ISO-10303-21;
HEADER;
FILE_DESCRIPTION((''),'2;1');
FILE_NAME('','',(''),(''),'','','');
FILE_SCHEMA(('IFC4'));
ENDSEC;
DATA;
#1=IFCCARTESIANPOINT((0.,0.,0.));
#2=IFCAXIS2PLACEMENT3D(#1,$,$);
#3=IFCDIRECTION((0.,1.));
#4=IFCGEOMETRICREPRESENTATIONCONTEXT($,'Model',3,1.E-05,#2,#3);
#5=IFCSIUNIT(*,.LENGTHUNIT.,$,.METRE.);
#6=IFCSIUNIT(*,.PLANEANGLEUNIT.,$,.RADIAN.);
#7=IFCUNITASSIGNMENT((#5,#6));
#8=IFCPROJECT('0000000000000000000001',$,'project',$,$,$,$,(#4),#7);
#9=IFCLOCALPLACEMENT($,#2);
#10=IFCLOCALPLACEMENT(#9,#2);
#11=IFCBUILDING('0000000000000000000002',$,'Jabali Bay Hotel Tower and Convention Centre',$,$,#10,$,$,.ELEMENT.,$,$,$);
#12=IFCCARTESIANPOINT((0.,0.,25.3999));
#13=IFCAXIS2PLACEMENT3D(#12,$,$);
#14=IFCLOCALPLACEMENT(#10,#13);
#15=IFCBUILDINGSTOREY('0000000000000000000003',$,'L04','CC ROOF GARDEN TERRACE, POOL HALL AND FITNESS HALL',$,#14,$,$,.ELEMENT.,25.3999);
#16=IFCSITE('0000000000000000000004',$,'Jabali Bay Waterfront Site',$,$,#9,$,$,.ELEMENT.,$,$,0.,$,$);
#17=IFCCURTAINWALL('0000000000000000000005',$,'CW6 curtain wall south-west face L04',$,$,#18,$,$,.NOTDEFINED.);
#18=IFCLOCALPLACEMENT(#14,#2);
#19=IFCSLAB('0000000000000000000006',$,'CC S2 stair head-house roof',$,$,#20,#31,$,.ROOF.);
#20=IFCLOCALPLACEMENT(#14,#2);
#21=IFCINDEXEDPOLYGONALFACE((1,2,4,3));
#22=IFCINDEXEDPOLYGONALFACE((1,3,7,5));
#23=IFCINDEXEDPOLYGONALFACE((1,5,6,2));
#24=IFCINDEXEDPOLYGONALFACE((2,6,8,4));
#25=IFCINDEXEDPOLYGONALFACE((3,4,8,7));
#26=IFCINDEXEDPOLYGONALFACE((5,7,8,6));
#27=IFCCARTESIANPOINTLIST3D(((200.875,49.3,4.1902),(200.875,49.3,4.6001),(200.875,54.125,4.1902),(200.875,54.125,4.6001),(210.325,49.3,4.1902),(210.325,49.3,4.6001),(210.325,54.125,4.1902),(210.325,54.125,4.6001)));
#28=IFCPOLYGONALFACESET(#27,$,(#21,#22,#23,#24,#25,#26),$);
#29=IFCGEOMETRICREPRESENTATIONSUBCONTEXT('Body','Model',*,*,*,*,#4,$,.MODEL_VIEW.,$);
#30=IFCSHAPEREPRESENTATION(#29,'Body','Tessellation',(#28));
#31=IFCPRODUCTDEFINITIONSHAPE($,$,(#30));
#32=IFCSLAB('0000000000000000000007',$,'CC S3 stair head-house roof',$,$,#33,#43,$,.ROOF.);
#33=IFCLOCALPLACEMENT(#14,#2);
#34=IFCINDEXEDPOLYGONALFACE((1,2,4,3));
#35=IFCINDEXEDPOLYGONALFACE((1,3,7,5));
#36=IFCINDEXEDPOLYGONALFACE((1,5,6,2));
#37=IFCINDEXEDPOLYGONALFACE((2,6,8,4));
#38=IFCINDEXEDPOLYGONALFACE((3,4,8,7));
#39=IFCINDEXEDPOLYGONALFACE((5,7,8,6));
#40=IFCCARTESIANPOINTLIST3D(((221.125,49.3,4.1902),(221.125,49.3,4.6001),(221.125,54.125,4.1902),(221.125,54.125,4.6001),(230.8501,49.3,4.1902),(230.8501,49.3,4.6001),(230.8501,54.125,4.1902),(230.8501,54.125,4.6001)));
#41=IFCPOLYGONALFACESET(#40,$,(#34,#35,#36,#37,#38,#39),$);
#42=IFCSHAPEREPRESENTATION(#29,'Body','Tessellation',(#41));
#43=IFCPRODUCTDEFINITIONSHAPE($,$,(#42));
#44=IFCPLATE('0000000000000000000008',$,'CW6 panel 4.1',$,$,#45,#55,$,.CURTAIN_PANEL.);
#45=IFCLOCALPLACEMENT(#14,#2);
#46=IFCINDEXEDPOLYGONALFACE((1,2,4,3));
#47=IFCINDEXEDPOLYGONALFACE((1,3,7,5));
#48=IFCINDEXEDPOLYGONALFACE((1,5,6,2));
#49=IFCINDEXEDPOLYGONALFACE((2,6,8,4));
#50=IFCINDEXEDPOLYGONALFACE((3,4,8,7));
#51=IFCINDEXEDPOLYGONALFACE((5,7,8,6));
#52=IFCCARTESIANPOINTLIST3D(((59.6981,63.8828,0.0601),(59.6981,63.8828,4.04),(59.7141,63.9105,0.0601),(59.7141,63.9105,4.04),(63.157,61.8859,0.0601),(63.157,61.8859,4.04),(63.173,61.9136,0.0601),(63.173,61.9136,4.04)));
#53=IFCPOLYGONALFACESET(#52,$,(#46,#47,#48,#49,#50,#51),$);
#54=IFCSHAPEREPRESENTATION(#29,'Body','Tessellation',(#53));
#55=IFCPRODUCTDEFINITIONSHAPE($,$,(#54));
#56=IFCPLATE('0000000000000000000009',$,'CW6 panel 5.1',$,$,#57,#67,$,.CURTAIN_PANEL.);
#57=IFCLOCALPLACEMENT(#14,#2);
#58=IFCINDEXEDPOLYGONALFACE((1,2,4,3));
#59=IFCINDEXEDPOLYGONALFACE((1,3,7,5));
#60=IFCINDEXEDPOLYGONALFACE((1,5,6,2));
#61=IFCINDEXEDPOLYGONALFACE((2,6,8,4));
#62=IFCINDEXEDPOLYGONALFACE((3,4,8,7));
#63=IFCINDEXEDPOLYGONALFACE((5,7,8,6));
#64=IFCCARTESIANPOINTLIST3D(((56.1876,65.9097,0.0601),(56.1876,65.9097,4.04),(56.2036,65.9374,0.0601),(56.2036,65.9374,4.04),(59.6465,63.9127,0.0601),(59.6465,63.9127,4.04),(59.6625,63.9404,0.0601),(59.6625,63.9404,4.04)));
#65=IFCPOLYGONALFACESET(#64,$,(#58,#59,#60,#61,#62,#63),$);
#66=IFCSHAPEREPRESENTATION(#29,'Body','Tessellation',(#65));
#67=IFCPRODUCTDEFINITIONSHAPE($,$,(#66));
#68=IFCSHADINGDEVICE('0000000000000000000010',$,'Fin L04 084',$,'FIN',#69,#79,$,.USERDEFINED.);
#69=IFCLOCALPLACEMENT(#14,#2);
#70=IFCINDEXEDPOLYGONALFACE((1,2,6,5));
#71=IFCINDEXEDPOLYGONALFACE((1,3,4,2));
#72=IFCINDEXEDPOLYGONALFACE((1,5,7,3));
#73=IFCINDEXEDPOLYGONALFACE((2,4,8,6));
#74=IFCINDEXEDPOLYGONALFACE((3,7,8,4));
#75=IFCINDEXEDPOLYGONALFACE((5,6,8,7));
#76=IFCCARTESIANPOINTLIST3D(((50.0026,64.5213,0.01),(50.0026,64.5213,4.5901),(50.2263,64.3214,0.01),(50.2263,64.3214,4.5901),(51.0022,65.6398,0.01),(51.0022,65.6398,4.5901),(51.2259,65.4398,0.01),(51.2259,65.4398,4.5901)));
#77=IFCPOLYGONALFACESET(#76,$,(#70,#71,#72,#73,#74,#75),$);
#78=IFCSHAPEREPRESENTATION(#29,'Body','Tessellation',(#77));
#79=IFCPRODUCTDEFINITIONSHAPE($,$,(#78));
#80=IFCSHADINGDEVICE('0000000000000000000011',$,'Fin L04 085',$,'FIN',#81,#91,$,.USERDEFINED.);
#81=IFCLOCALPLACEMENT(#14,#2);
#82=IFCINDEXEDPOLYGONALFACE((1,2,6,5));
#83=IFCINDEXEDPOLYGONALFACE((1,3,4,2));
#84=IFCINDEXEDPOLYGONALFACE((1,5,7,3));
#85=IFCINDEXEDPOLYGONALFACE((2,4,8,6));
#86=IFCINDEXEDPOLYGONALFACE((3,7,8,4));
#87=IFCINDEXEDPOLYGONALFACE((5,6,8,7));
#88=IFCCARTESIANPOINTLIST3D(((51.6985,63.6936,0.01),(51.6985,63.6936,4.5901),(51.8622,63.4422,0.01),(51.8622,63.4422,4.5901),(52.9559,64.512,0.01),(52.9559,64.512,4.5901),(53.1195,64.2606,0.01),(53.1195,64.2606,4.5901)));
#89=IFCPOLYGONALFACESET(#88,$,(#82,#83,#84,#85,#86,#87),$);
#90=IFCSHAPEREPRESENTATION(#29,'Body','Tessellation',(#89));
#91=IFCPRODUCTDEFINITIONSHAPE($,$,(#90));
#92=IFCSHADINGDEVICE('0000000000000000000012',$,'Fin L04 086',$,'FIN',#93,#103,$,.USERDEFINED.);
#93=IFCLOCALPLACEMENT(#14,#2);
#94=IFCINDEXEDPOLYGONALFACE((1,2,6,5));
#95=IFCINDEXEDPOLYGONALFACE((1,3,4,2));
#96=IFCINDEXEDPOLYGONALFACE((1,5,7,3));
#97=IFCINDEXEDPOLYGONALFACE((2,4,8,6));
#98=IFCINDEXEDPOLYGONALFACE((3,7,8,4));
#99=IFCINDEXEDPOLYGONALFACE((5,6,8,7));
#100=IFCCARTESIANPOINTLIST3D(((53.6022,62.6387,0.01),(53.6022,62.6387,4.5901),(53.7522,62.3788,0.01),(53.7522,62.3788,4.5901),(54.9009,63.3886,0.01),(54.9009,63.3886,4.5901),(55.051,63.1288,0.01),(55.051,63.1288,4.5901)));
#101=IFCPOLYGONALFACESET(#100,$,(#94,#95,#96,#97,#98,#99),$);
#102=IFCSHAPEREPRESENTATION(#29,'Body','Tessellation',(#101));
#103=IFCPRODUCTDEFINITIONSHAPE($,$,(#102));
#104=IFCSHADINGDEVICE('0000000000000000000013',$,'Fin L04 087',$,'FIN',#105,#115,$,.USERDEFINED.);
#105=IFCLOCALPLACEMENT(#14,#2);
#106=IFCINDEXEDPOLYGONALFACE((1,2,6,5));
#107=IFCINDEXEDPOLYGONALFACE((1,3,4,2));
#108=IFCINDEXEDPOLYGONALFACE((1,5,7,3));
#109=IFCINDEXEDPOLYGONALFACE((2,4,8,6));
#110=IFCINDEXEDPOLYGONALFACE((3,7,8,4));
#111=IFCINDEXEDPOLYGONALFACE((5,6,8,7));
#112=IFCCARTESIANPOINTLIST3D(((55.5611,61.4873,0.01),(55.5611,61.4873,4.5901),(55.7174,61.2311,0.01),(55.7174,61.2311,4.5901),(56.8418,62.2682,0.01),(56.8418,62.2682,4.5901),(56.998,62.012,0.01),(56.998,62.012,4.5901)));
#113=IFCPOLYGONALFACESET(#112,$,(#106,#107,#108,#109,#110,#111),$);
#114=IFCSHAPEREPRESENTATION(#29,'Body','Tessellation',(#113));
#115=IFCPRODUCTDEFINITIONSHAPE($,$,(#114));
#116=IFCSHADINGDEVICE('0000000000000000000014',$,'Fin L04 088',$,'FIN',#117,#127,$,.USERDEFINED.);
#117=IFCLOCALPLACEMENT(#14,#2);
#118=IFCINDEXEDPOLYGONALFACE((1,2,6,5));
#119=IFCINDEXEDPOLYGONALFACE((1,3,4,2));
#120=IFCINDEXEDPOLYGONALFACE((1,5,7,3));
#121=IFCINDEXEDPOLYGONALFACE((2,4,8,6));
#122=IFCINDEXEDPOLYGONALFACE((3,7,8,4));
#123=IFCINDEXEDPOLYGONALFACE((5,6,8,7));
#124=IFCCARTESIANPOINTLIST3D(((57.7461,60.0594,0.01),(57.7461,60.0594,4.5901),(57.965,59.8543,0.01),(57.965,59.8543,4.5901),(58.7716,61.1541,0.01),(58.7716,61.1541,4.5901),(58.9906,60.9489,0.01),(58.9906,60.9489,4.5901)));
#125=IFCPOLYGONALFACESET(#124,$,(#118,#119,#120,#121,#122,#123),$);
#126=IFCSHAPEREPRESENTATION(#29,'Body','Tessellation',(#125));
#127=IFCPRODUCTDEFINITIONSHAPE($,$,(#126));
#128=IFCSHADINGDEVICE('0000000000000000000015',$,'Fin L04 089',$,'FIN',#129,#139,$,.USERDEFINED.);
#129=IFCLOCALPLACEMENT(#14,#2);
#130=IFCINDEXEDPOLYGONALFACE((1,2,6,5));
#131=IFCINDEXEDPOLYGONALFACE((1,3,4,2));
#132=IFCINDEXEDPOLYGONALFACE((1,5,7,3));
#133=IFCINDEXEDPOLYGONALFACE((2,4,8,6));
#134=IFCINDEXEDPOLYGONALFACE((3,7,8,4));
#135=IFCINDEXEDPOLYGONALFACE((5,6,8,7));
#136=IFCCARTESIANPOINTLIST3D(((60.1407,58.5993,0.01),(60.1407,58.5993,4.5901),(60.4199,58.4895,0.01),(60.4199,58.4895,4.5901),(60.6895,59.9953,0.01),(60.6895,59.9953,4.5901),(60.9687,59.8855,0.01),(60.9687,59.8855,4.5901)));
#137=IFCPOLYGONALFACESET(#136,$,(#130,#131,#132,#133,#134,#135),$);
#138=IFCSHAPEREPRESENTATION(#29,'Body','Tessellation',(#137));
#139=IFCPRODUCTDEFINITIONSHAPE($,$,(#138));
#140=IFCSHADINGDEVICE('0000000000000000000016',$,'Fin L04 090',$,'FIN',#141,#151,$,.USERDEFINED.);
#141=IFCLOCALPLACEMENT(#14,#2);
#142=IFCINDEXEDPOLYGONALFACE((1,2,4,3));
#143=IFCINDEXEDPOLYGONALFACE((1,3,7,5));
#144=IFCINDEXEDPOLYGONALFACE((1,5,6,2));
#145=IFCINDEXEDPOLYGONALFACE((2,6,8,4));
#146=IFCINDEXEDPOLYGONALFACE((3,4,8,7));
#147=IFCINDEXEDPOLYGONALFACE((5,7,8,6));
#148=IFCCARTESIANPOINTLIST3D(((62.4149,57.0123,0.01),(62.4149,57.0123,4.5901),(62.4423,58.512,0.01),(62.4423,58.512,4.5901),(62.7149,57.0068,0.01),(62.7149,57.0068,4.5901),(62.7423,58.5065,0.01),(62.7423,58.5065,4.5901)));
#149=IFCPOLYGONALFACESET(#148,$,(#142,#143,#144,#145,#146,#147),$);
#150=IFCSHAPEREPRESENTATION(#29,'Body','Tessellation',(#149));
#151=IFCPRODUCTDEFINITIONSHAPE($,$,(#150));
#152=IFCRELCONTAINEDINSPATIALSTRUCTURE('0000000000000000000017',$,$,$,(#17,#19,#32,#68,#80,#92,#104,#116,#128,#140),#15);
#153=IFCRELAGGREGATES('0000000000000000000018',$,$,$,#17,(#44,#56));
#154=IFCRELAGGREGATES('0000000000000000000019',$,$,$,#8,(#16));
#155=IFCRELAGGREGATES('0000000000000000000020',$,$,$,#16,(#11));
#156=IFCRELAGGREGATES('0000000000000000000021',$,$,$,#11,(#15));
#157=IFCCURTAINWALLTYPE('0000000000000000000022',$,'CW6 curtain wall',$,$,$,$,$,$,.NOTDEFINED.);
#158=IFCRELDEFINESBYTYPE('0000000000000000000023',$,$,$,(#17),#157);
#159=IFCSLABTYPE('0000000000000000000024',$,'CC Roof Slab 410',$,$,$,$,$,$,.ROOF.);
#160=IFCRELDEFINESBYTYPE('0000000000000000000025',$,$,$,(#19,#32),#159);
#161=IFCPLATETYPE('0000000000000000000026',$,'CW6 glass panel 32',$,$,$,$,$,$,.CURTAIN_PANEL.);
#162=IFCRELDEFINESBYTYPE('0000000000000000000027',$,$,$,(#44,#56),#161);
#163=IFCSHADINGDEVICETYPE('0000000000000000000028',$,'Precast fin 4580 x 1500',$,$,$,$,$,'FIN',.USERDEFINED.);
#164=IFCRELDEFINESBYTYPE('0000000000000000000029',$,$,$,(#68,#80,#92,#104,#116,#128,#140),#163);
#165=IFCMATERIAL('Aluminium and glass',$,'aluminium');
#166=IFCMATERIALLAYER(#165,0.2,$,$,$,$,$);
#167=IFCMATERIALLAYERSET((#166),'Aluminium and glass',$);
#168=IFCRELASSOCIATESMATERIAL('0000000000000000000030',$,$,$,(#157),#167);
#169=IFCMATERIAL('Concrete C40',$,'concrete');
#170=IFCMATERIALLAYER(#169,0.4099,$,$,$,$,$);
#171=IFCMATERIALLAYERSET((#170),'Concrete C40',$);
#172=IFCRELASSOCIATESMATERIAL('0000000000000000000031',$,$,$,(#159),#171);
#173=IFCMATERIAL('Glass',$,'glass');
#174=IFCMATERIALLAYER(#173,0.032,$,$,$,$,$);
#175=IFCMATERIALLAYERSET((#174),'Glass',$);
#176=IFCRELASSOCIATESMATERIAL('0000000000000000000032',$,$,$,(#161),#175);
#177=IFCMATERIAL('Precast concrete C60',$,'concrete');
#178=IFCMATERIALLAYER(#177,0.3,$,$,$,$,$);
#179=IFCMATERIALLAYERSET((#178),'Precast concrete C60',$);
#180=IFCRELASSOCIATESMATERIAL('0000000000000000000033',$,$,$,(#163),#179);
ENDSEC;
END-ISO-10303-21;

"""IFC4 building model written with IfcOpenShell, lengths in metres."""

from ifc_helpers import new_model, si_unit, direction, frame, frame_2d, origin, origin_2d, place, context, subcontext, project, spatial, polyline, rectangle, outline, extrude, material, layer, layer_set, type_object, element, aggregate, save


model = new_model("IFC4")

# Units and contexts
model_context = context("Model", 3, precision=1e-05, world=origin(), true_north=direction((0.0, 1.0)))
body_context = subcontext(model_context, "Body", "Model", "MODEL_VIEW")
ifc_project = project(units=[si_unit("LENGTHUNIT", "METRE"), si_unit("PLANEANGLEUNIT", "RADIAN")], contexts=[model_context])

# Site, building, storey
site_placement = place(None, origin())
site = spatial("IfcSite", under=ifc_project, at=site_placement, Name="Jabali Bay Waterfront Site", CompositionType="ELEMENT", RefElevation=0.0)
building_placement = place(site_placement, origin())
building = spatial("IfcBuilding", under=site, at=building_placement, Name="Jabali Bay Hotel Tower and Convention Centre", CompositionType="ELEMENT")
storey_placement = place(building_placement, frame((0.0, 0.0, 25.3999)))
storey = spatial("IfcBuildingStorey", under=building, at=storey_placement, Name="L04", Description="CC ROOF GARDEN TERRACE, POOL HALL AND FITNESS HALL", CompositionType="ELEMENT", Elevation=25.3999)

# Curtain wall
ifc_material_1 = material(Name="Aluminium and glass", Category="aluminium")
ifc_layer_1 = layer(ifc_material_1, 0.2)
ifc_layer_set_1 = layer_set([ifc_layer_1], Name="Aluminium and glass")
curtain_wall_type = type_object("IfcCurtainWallType", Name="CW6 curtain wall", PredefinedType="NOTDEFINED", material=ifc_layer_set_1)
curtain_wall_placement = place(storey_placement, origin())
curtain_wall = element("IfcCurtainWall", 1, at=curtain_wall_placement, inside=storey, type_object=curtain_wall_type, Name="CW6 curtain wall south-west face L04", PredefinedType="NOTDEFINED")

# Slabs
ifc_material_2 = material(Name="Concrete C40", Category="concrete")
ifc_layer_2 = layer(ifc_material_2, 0.4099)
ifc_layer_set_2 = layer_set([ifc_layer_2], Name="Concrete C40")
slab_type_1 = type_object("IfcSlabType", Name="CC Roof Slab 410", PredefinedType="ROOF", material=ifc_layer_set_2)
slab_1_placement = place(storey_placement, frame((0.0, 0.0, 4.1902)))
element("IfcSlab", 2, at=slab_1_placement, inside=storey, type_object=slab_type_1, Name="CC S2 stair head-house roof", PredefinedType="ROOF", context=body_context, shape_type="SweptSolid", body=[
    extrude(outline(polyline([(210.325, 49.3), (210.325, 54.125), (200.875, 54.125), (200.875, 49.3), (210.325, 49.3)])), origin(), (0.0, 0.0, 1.0), 0.4099),
])
slab_2_placement = place(storey_placement, frame((0.0, 0.0, 4.1902)))
element("IfcSlab", 3, at=slab_2_placement, inside=storey, type_object=slab_type_1, Name="CC S3 stair head-house roof", PredefinedType="ROOF", context=body_context, shape_type="SweptSolid", body=[
    extrude(outline(polyline([(230.8501, 49.3), (230.8501, 54.125), (221.125, 54.125), (221.125, 49.3), (230.8501, 49.3)])), origin(), (0.0, 0.0, 1.0), 0.4099),
])

# Plates
ifc_material_3 = material(Name="Glass", Category="glass")
ifc_layer_3 = layer(ifc_material_3, 0.032)
ifc_layer_set_3 = layer_set([ifc_layer_3], Name="Glass")
plate_type = type_object("IfcPlateType", Name="CW6 glass panel 32", PredefinedType="CURTAIN_PANEL", material=ifc_layer_set_3)
plate_1_placement = place(storey_placement, frame((61.4355, 62.8982, 0.0601), z_axis=(0.0, 0.0, 1.0), x_axis=(-0.866025, 0.5, 0.0)))
plate_1 = element("IfcPlate", 4, at=plate_1_placement, type_object=plate_type, Name="CW6 panel 4.1", PredefinedType="CURTAIN_PANEL", context=body_context, shape_type="SweptSolid", body=[
    extrude(rectangle(XDim=3.9939, YDim=0.032, at=origin_2d()), origin(), (0.0, 0.0, 1.0), 3.98),
])
plate_2_placement = place(storey_placement, frame((57.925, 64.925, 0.0601), z_axis=(0.0, 0.0, 1.0), x_axis=(-0.866025, 0.5, 0.0)))
plate_2 = element("IfcPlate", 5, at=plate_2_placement, type_object=plate_type, Name="CW6 panel 5.1", PredefinedType="CURTAIN_PANEL", context=body_context, shape_type="SweptSolid", body=[
    extrude(rectangle(XDim=3.9939, YDim=0.032, at=origin_2d()), origin(), (0.0, 0.0, 1.0), 3.98),
])
aggregate(curtain_wall, [plate_1, plate_2])

# Shading devices
ifc_material_4 = material(Name="Precast concrete C60", Category="concrete")
ifc_layer_4 = layer(ifc_material_4, 0.3)
ifc_layer_set_4 = layer_set([ifc_layer_4], Name="Precast concrete C60")
shading_device_type = type_object("IfcShadingDeviceType", Name="Precast fin 4580 x 1500", ElementType="FIN", PredefinedType="USERDEFINED", material=ifc_layer_set_4)
shading_device_1_placement = place(storey_placement, frame((51.114, 65.5398, 0.01), z_axis=(0.0, 0.0, 1.0), x_axis=(-0.666362, -0.745629, 0.0)))
element("IfcShadingDevice", 6, at=shading_device_1_placement, inside=storey, type_object=shading_device_type, Name="Fin L04 084", ObjectType="FIN", PredefinedType="USERDEFINED", context=body_context, shape_type="SweptSolid", body=[
    extrude(rectangle(XDim=1.5, YDim=0.3, at=frame_2d((0.75, 0.0))), origin(), (0.0, 0.0, 1.0), 4.5801),
])
shading_device_2_placement = place(storey_placement, frame((53.0376, 64.3862, 0.01), z_axis=(0.0, 0.0, 1.0), x_axis=(-0.838109, -0.545503, 0.0)))
element("IfcShadingDevice", 7, at=shading_device_2_placement, inside=storey, type_object=shading_device_type, Name="Fin L04 085", ObjectType="FIN", PredefinedType="USERDEFINED", context=body_context, shape_type="SweptSolid", body=[
    extrude(rectangle(XDim=1.5002, YDim=0.3, at=frame_2d((0.75, 0.0))), origin(), (0.0, 0.0, 1.0), 4.5801),
])
shading_device_3_placement = place(storey_placement, frame((54.9761, 63.2588, 0.01), z_axis=(0.0, 0.0, 1.0), x_axis=(-0.86599, -0.500061, 0.0)))
element("IfcShadingDevice", 8, at=shading_device_3_placement, inside=storey, type_object=shading_device_type, Name="Fin L04 086", ObjectType="FIN", PredefinedType="USERDEFINED", context=body_context, shape_type="SweptSolid", body=[
    extrude(rectangle(XDim=1.4998, YDim=0.3, at=frame_2d((0.75, 0.0))), origin(), (0.0, 0.0, 1.0), 4.5801),
])
for number, where, z_axis, x_axis, name in (
    (9, (56.9199, 62.1401, 0.01), (0.0, 0.0, 1.0), (-0.85378, -0.520633, 0.0), "Fin L04 087"),
    (10, (58.8811, 61.0515, 0.01), (0.0, 0.0, 1.0), (-0.683703, -0.72976, 0.0), "Fin L04 088"),
    (11, (60.8291, 59.9404, 0.01), (0.0, 0.0, 1.0), (-0.365884, -0.93066, 0.0), "Fin L04 089"),
    (12, (62.5923, 58.5093, 0.01), (0.0, 0.0, 1.0), (-0.018229, -0.999834, 0.0), "Fin L04 090"),
):
    element("IfcShadingDevice", number, at=place(storey_placement, frame(where, z_axis=z_axis, x_axis=x_axis)), inside=storey, type_object=shading_device_type, Name=name, ObjectType="FIN", PredefinedType="USERDEFINED", context=body_context, shape_type="SweptSolid", body=[
        extrude(rectangle(XDim=1.5, YDim=0.3, at=frame_2d((0.75, 0.0))), origin(), (0.0, 0.0, 1.0), 4.5801),
    ])

save(model, "model.ifc")
